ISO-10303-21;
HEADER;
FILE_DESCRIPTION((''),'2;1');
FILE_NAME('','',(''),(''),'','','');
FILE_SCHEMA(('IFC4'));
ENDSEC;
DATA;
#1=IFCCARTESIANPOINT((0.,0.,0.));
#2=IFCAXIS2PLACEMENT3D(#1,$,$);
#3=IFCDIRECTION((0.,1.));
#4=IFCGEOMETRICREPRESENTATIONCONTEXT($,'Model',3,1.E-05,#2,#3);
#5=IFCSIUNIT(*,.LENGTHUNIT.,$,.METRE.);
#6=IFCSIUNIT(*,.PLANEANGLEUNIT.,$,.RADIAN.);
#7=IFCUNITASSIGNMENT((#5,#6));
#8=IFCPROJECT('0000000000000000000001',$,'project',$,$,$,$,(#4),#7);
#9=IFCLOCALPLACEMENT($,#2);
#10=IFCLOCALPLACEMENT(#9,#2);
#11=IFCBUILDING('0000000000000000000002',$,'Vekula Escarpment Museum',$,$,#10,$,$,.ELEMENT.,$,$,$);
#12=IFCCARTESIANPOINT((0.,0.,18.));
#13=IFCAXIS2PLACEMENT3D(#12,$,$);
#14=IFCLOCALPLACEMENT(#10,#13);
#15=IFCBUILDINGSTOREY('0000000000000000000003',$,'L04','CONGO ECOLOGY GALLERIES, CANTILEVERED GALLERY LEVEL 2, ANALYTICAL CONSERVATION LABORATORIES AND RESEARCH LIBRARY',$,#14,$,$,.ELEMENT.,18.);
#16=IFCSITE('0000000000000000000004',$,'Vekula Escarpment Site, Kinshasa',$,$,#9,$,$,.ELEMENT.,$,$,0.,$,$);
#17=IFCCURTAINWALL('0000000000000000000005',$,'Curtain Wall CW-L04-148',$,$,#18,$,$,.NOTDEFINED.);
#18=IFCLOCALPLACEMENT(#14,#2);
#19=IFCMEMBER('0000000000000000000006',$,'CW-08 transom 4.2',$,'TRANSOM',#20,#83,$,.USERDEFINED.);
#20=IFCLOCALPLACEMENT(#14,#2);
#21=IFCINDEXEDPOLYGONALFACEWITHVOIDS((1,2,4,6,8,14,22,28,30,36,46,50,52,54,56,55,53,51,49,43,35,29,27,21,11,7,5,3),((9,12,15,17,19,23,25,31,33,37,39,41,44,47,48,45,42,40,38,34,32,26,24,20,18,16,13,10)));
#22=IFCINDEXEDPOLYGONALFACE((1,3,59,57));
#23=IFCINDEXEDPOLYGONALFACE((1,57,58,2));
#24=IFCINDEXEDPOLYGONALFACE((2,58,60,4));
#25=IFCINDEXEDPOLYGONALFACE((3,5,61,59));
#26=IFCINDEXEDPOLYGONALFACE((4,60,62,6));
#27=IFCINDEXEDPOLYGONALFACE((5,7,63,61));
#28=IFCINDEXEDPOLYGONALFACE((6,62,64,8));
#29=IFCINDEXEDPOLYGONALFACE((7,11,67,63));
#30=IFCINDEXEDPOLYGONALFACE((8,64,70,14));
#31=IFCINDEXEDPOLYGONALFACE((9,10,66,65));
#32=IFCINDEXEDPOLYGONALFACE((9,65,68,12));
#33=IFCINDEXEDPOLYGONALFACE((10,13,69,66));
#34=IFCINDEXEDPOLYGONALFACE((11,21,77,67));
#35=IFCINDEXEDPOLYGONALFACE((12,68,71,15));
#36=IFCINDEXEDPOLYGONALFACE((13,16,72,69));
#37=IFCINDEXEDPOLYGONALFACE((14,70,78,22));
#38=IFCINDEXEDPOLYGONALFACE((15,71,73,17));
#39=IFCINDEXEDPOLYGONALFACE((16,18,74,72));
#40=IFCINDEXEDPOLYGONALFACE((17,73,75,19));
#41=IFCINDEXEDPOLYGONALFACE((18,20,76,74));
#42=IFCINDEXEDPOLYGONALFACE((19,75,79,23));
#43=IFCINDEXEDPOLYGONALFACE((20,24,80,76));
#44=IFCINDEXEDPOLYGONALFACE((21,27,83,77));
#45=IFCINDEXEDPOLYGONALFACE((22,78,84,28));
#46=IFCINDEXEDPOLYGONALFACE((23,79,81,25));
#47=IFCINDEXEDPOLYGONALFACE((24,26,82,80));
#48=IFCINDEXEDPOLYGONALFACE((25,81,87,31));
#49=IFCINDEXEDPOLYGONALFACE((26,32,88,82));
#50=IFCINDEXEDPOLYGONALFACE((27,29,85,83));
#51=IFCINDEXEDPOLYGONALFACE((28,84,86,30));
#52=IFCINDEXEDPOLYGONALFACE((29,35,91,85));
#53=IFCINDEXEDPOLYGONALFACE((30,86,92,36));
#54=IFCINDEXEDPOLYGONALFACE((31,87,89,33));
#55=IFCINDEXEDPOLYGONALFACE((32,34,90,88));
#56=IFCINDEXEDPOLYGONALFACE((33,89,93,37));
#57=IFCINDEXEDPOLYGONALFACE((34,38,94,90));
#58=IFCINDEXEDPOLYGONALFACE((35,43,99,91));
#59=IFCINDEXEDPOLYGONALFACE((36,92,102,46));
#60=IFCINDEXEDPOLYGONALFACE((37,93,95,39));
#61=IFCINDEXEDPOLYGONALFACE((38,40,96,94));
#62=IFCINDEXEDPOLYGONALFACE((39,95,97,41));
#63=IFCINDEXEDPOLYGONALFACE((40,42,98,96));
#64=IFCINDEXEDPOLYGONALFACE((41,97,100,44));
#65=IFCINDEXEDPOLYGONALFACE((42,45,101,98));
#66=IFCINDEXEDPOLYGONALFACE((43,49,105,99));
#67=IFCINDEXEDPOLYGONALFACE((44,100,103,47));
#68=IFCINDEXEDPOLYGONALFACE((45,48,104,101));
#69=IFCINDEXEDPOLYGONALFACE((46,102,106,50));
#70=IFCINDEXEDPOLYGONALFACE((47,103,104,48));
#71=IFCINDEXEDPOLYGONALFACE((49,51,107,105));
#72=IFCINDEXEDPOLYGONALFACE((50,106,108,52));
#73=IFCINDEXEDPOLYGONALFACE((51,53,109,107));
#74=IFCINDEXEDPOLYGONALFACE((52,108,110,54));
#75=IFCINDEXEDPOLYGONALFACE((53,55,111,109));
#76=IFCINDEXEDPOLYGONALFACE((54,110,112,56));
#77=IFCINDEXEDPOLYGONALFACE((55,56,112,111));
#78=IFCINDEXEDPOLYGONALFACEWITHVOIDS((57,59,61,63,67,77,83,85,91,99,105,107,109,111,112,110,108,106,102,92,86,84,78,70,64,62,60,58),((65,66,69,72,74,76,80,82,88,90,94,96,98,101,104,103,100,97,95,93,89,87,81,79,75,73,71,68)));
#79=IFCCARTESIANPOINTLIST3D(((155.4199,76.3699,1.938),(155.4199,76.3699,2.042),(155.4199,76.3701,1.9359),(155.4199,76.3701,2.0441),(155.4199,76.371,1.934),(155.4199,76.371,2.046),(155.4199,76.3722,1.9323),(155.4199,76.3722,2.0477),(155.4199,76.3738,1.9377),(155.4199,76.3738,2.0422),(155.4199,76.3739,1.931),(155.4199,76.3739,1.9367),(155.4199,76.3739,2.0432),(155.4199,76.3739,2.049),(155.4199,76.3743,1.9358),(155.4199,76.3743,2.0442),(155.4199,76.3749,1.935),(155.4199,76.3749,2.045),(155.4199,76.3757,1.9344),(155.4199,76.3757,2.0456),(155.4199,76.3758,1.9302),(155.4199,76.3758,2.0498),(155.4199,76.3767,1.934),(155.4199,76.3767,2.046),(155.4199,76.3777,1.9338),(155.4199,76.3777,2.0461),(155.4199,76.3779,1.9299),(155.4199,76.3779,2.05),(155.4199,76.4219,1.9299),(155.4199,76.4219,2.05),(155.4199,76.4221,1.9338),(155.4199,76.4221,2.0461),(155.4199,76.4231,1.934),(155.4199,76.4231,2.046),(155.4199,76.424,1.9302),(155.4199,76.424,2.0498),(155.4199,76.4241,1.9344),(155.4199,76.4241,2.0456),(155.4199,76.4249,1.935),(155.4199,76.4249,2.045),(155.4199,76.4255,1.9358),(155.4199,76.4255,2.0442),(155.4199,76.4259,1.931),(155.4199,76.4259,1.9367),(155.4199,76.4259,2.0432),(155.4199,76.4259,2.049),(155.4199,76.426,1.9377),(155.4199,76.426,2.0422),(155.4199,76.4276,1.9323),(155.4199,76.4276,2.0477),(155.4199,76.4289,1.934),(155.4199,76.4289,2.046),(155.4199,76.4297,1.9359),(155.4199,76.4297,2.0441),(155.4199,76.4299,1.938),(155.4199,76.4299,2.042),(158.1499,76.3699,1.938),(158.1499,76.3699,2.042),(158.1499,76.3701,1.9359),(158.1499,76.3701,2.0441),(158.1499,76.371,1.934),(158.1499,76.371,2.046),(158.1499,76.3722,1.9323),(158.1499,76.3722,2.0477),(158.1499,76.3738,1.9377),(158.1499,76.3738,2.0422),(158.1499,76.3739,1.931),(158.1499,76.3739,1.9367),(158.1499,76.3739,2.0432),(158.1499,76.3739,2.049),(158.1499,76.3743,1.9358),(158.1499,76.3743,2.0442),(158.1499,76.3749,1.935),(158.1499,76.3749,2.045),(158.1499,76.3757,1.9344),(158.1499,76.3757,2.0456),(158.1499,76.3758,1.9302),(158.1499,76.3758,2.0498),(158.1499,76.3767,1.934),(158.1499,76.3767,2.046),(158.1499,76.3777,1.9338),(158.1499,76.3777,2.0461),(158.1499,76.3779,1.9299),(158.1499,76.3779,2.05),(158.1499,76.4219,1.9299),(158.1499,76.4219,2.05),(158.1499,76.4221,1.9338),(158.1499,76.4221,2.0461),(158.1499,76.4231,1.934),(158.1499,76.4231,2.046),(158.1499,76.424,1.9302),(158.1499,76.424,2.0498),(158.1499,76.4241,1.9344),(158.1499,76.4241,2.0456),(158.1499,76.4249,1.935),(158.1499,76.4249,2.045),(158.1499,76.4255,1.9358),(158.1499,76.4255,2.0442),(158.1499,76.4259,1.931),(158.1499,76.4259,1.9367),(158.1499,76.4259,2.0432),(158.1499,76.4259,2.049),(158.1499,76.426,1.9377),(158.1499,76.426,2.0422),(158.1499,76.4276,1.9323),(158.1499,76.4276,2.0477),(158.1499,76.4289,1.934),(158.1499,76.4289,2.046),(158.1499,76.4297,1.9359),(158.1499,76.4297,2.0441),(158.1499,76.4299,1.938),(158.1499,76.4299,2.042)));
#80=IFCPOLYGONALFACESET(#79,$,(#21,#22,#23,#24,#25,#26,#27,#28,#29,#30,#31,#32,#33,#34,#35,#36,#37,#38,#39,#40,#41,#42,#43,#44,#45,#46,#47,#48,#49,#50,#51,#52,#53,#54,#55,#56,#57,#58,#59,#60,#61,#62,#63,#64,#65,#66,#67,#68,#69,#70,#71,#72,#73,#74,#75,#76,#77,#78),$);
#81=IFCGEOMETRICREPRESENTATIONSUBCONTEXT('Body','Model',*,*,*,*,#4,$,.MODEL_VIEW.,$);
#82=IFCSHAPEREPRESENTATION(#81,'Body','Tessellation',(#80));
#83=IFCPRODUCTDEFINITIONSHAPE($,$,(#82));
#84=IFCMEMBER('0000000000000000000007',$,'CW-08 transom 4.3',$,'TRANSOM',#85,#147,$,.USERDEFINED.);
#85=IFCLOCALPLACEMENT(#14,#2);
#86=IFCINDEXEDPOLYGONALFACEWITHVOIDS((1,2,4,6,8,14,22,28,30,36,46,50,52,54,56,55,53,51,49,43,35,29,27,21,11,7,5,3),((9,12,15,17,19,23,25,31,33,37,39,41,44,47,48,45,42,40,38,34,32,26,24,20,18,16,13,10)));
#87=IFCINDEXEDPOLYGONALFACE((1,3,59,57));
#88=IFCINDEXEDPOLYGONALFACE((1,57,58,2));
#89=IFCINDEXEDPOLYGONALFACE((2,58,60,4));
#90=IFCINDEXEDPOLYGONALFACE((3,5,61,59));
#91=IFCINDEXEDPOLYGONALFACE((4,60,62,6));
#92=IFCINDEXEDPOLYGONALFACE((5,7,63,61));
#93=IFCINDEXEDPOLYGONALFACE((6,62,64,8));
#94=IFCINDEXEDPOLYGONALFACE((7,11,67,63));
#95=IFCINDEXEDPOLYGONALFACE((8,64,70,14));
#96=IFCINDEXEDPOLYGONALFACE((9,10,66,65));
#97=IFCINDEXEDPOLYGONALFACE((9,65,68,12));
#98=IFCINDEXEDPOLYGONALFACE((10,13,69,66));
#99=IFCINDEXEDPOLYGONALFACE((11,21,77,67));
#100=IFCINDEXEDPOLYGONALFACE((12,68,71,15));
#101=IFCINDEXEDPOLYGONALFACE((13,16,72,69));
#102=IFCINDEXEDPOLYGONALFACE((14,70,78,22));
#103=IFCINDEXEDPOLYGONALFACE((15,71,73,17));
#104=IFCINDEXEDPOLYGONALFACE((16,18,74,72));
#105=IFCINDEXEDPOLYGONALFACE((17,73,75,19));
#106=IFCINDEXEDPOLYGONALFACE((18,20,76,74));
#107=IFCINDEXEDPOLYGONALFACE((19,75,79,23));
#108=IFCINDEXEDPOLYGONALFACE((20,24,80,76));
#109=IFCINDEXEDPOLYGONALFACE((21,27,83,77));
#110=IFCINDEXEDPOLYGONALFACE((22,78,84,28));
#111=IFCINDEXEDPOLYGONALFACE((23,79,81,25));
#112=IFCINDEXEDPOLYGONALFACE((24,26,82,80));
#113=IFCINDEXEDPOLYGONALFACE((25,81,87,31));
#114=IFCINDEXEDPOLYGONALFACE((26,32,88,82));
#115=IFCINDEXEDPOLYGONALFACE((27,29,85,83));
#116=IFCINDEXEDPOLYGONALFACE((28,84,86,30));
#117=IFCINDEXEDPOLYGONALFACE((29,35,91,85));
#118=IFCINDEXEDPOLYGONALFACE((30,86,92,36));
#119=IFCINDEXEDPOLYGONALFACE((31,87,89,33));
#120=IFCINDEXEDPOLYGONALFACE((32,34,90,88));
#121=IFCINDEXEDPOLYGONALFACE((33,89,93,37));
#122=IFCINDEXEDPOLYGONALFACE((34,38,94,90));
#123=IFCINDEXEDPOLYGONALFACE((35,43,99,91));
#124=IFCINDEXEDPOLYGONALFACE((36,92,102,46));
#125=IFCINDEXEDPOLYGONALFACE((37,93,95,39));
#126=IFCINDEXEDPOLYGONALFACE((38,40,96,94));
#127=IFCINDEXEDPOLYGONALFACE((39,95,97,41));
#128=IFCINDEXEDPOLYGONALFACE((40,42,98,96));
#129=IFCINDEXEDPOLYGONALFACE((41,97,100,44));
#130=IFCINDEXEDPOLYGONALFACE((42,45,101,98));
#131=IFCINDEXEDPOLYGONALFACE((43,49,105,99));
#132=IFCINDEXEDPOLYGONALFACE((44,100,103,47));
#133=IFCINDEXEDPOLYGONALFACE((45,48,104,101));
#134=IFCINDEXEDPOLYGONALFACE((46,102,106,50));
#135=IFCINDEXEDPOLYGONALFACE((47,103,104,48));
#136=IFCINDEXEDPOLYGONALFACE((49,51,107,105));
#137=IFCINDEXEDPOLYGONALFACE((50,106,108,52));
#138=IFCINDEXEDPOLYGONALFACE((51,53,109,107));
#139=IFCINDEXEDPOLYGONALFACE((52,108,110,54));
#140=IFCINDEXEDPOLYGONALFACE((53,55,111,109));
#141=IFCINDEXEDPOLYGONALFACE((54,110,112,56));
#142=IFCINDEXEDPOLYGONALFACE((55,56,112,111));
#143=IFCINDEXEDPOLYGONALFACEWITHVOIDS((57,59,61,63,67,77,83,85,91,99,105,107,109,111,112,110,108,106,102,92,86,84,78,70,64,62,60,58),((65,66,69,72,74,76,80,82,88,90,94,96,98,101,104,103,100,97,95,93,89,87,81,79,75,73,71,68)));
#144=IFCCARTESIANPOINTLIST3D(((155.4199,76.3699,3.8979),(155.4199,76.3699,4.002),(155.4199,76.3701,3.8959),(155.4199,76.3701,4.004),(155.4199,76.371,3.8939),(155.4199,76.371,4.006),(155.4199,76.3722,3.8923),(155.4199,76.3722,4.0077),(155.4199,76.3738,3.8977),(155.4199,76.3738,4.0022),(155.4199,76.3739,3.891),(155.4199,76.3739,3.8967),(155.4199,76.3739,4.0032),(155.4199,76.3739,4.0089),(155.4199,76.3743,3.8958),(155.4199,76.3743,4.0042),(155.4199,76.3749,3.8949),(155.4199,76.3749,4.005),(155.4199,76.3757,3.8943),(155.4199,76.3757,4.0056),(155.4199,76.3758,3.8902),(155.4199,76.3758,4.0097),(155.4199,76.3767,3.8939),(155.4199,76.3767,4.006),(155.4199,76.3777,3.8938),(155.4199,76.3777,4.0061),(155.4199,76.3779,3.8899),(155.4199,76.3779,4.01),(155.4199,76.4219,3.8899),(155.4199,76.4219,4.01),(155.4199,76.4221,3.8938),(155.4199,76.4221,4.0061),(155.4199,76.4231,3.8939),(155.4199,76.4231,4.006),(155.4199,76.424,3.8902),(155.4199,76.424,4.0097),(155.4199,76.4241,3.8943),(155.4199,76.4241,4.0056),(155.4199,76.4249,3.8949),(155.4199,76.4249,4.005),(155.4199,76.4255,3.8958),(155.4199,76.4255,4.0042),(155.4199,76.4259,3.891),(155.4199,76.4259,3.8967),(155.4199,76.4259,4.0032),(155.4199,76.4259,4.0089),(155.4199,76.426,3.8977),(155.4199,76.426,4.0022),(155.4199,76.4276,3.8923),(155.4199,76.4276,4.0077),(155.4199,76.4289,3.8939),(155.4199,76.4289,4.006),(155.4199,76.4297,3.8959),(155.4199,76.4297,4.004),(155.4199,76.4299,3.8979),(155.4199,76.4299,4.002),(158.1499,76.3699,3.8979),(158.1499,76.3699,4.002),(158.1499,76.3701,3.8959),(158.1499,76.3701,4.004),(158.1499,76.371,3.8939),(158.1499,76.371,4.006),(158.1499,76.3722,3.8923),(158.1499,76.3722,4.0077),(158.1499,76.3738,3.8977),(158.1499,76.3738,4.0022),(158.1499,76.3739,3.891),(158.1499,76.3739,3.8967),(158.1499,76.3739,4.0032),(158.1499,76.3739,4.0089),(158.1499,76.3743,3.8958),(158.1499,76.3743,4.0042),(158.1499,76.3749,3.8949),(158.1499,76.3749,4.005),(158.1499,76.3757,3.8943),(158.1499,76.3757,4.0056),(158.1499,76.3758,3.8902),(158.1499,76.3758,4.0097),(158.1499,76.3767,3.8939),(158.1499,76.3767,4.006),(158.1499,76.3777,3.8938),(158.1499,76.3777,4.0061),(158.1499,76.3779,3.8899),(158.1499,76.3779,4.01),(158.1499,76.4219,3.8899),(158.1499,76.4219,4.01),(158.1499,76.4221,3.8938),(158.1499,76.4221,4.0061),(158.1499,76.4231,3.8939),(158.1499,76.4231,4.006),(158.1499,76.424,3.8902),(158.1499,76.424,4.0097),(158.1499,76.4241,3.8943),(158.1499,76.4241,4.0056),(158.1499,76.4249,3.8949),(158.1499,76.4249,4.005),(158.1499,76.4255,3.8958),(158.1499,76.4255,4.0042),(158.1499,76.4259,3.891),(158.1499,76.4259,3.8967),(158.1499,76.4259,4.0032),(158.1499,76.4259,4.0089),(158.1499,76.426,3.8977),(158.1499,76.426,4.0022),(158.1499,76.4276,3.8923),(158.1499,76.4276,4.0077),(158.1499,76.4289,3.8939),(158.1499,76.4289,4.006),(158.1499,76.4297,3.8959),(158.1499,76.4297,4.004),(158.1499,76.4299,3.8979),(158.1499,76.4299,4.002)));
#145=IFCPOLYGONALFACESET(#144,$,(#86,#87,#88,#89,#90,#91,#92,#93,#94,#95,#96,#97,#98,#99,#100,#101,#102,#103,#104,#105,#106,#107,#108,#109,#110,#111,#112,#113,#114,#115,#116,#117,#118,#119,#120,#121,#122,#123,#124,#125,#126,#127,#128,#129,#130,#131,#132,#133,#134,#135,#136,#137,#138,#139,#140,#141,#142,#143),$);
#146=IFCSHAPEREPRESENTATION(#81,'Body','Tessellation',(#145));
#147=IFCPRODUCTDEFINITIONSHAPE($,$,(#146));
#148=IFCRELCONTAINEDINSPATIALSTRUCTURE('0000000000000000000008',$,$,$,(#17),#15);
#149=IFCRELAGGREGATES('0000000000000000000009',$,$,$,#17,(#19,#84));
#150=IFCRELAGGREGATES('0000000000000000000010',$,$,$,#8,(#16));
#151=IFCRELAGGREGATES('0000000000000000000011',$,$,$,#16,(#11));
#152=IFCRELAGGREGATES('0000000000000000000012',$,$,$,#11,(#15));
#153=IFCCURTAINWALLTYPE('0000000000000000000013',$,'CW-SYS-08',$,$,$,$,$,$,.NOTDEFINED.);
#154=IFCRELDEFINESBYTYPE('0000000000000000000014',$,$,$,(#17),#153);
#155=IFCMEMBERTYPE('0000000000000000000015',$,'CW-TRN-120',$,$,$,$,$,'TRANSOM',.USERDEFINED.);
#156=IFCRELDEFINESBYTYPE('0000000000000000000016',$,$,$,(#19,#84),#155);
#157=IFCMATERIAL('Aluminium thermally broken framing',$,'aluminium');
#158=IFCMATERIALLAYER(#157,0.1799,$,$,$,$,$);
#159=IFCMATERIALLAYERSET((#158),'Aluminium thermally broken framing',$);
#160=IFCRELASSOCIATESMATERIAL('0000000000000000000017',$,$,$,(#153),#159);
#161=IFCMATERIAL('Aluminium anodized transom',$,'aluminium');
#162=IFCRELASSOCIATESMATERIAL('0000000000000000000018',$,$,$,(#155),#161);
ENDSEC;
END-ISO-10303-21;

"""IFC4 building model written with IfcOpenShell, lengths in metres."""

from ifc_helpers import new_model, si_unit, direction, frame, origin, origin_2d, place, context, subcontext, project, spatial, hollow_rectangle, extrude, material, layer, layer_set, material_profile, profile_set, type_object, element, aggregate, save


model = new_model("IFC4")

# Units and contexts
model_context = context("Model", 3, precision=1e-05, world=origin(), true_north=direction((0.0, 1.0)))
body_context = subcontext(model_context, "Body", "Model", "MODEL_VIEW")
ifc_project = project(units=[si_unit("LENGTHUNIT", "METRE"), si_unit("PLANEANGLEUNIT", "RADIAN")], contexts=[model_context])

# Site, building, storey
site_placement = place(None, origin())
site = spatial("IfcSite", under=ifc_project, at=site_placement, Name="Vekula Escarpment Site, Kinshasa", CompositionType="ELEMENT", RefElevation=0.0)
building_placement = place(site_placement, origin())
building = spatial("IfcBuilding", under=site, at=building_placement, Name="Vekula Escarpment Museum", CompositionType="ELEMENT")
storey_placement = place(building_placement, frame((0.0, 0.0, 18.0)))
storey = spatial("IfcBuildingStorey", under=building, at=storey_placement, Name="L04", Description="CONGO ECOLOGY GALLERIES, CANTILEVERED GALLERY LEVEL 2, ANALYTICAL CONSERVATION LABORATORIES AND RESEARCH LIBRARY", CompositionType="ELEMENT", Elevation=18.0)

# Curtain wall
ifc_material_1 = material(Name="Aluminium thermally broken framing", Category="aluminium")
ifc_layer_1 = layer(ifc_material_1, 0.1799)
ifc_layer_set_1 = layer_set([ifc_layer_1], Name="Aluminium thermally broken framing")
curtain_wall_type_1 = type_object("IfcCurtainWallType", Name="CW-SYS-08", PredefinedType="NOTDEFINED", material=ifc_layer_set_1)
curtain_wall_1_placement = place(storey_placement, origin())
curtain_wall_1 = element("IfcCurtainWall", 1, at=curtain_wall_1_placement, inside=storey, type_object=curtain_wall_type_1, Name="Curtain Wall CW-L04-148", PredefinedType="NOTDEFINED")

# Members
ifc_material_2 = material(Name="Aluminium anodized transom", Category="aluminium")
ifc_material_profile_1 = material_profile(ifc_material_2, hollow_rectangle(XDim=0.0601, YDim=0.1201, WallThickness=0.0039, InnerFilletRadius=0.0039, OuterFilletRadius=0.0081, at=origin_2d()), Name="ALU 120x60x4")
ifc_profile_set_1 = profile_set([ifc_material_profile_1], Name="Aluminium anodized transom")
member_type_1 = type_object("IfcMemberType", Name="CW-TRN-120", ElementType="TRANSOM", PredefinedType="USERDEFINED", material=ifc_profile_set_1)
member_1_placement = place(storey_placement, frame((158.1499, 76.3999, 1.99), z_axis=(-1.0, 0.0, 0.0), x_axis=(0.0, -1.0, 0.0)))
member_1 = element("IfcMember", 2, at=member_1_placement, type_object=member_type_1, Name="CW-08 transom 4.2", ObjectType="TRANSOM", PredefinedType="USERDEFINED", context=body_context, shape_type="SweptSolid", body=[
    extrude(hollow_rectangle(XDim=0.0601, YDim=0.1201, WallThickness=0.0039, InnerFilletRadius=0.0039, OuterFilletRadius=0.0081, at=origin_2d()), origin(), (0.0, 0.0, 1.0), 2.73),
])
member_2_placement = place(storey_placement, frame((158.1499, 76.3999, 3.95), z_axis=(-1.0, 0.0, 0.0), x_axis=(0.0, -1.0, 0.0)))
member_2 = element("IfcMember", 3, at=member_2_placement, type_object=member_type_1, Name="CW-08 transom 4.3", ObjectType="TRANSOM", PredefinedType="USERDEFINED", context=body_context, shape_type="SweptSolid", body=[
    extrude(hollow_rectangle(XDim=0.0601, YDim=0.1201, WallThickness=0.0039, InnerFilletRadius=0.0039, OuterFilletRadius=0.0081, at=origin_2d()), origin(), (0.0, 0.0, 1.0), 2.73),
])

aggregate(curtain_wall_1, [member_1, member_2])

save(model, "model.ifc")
